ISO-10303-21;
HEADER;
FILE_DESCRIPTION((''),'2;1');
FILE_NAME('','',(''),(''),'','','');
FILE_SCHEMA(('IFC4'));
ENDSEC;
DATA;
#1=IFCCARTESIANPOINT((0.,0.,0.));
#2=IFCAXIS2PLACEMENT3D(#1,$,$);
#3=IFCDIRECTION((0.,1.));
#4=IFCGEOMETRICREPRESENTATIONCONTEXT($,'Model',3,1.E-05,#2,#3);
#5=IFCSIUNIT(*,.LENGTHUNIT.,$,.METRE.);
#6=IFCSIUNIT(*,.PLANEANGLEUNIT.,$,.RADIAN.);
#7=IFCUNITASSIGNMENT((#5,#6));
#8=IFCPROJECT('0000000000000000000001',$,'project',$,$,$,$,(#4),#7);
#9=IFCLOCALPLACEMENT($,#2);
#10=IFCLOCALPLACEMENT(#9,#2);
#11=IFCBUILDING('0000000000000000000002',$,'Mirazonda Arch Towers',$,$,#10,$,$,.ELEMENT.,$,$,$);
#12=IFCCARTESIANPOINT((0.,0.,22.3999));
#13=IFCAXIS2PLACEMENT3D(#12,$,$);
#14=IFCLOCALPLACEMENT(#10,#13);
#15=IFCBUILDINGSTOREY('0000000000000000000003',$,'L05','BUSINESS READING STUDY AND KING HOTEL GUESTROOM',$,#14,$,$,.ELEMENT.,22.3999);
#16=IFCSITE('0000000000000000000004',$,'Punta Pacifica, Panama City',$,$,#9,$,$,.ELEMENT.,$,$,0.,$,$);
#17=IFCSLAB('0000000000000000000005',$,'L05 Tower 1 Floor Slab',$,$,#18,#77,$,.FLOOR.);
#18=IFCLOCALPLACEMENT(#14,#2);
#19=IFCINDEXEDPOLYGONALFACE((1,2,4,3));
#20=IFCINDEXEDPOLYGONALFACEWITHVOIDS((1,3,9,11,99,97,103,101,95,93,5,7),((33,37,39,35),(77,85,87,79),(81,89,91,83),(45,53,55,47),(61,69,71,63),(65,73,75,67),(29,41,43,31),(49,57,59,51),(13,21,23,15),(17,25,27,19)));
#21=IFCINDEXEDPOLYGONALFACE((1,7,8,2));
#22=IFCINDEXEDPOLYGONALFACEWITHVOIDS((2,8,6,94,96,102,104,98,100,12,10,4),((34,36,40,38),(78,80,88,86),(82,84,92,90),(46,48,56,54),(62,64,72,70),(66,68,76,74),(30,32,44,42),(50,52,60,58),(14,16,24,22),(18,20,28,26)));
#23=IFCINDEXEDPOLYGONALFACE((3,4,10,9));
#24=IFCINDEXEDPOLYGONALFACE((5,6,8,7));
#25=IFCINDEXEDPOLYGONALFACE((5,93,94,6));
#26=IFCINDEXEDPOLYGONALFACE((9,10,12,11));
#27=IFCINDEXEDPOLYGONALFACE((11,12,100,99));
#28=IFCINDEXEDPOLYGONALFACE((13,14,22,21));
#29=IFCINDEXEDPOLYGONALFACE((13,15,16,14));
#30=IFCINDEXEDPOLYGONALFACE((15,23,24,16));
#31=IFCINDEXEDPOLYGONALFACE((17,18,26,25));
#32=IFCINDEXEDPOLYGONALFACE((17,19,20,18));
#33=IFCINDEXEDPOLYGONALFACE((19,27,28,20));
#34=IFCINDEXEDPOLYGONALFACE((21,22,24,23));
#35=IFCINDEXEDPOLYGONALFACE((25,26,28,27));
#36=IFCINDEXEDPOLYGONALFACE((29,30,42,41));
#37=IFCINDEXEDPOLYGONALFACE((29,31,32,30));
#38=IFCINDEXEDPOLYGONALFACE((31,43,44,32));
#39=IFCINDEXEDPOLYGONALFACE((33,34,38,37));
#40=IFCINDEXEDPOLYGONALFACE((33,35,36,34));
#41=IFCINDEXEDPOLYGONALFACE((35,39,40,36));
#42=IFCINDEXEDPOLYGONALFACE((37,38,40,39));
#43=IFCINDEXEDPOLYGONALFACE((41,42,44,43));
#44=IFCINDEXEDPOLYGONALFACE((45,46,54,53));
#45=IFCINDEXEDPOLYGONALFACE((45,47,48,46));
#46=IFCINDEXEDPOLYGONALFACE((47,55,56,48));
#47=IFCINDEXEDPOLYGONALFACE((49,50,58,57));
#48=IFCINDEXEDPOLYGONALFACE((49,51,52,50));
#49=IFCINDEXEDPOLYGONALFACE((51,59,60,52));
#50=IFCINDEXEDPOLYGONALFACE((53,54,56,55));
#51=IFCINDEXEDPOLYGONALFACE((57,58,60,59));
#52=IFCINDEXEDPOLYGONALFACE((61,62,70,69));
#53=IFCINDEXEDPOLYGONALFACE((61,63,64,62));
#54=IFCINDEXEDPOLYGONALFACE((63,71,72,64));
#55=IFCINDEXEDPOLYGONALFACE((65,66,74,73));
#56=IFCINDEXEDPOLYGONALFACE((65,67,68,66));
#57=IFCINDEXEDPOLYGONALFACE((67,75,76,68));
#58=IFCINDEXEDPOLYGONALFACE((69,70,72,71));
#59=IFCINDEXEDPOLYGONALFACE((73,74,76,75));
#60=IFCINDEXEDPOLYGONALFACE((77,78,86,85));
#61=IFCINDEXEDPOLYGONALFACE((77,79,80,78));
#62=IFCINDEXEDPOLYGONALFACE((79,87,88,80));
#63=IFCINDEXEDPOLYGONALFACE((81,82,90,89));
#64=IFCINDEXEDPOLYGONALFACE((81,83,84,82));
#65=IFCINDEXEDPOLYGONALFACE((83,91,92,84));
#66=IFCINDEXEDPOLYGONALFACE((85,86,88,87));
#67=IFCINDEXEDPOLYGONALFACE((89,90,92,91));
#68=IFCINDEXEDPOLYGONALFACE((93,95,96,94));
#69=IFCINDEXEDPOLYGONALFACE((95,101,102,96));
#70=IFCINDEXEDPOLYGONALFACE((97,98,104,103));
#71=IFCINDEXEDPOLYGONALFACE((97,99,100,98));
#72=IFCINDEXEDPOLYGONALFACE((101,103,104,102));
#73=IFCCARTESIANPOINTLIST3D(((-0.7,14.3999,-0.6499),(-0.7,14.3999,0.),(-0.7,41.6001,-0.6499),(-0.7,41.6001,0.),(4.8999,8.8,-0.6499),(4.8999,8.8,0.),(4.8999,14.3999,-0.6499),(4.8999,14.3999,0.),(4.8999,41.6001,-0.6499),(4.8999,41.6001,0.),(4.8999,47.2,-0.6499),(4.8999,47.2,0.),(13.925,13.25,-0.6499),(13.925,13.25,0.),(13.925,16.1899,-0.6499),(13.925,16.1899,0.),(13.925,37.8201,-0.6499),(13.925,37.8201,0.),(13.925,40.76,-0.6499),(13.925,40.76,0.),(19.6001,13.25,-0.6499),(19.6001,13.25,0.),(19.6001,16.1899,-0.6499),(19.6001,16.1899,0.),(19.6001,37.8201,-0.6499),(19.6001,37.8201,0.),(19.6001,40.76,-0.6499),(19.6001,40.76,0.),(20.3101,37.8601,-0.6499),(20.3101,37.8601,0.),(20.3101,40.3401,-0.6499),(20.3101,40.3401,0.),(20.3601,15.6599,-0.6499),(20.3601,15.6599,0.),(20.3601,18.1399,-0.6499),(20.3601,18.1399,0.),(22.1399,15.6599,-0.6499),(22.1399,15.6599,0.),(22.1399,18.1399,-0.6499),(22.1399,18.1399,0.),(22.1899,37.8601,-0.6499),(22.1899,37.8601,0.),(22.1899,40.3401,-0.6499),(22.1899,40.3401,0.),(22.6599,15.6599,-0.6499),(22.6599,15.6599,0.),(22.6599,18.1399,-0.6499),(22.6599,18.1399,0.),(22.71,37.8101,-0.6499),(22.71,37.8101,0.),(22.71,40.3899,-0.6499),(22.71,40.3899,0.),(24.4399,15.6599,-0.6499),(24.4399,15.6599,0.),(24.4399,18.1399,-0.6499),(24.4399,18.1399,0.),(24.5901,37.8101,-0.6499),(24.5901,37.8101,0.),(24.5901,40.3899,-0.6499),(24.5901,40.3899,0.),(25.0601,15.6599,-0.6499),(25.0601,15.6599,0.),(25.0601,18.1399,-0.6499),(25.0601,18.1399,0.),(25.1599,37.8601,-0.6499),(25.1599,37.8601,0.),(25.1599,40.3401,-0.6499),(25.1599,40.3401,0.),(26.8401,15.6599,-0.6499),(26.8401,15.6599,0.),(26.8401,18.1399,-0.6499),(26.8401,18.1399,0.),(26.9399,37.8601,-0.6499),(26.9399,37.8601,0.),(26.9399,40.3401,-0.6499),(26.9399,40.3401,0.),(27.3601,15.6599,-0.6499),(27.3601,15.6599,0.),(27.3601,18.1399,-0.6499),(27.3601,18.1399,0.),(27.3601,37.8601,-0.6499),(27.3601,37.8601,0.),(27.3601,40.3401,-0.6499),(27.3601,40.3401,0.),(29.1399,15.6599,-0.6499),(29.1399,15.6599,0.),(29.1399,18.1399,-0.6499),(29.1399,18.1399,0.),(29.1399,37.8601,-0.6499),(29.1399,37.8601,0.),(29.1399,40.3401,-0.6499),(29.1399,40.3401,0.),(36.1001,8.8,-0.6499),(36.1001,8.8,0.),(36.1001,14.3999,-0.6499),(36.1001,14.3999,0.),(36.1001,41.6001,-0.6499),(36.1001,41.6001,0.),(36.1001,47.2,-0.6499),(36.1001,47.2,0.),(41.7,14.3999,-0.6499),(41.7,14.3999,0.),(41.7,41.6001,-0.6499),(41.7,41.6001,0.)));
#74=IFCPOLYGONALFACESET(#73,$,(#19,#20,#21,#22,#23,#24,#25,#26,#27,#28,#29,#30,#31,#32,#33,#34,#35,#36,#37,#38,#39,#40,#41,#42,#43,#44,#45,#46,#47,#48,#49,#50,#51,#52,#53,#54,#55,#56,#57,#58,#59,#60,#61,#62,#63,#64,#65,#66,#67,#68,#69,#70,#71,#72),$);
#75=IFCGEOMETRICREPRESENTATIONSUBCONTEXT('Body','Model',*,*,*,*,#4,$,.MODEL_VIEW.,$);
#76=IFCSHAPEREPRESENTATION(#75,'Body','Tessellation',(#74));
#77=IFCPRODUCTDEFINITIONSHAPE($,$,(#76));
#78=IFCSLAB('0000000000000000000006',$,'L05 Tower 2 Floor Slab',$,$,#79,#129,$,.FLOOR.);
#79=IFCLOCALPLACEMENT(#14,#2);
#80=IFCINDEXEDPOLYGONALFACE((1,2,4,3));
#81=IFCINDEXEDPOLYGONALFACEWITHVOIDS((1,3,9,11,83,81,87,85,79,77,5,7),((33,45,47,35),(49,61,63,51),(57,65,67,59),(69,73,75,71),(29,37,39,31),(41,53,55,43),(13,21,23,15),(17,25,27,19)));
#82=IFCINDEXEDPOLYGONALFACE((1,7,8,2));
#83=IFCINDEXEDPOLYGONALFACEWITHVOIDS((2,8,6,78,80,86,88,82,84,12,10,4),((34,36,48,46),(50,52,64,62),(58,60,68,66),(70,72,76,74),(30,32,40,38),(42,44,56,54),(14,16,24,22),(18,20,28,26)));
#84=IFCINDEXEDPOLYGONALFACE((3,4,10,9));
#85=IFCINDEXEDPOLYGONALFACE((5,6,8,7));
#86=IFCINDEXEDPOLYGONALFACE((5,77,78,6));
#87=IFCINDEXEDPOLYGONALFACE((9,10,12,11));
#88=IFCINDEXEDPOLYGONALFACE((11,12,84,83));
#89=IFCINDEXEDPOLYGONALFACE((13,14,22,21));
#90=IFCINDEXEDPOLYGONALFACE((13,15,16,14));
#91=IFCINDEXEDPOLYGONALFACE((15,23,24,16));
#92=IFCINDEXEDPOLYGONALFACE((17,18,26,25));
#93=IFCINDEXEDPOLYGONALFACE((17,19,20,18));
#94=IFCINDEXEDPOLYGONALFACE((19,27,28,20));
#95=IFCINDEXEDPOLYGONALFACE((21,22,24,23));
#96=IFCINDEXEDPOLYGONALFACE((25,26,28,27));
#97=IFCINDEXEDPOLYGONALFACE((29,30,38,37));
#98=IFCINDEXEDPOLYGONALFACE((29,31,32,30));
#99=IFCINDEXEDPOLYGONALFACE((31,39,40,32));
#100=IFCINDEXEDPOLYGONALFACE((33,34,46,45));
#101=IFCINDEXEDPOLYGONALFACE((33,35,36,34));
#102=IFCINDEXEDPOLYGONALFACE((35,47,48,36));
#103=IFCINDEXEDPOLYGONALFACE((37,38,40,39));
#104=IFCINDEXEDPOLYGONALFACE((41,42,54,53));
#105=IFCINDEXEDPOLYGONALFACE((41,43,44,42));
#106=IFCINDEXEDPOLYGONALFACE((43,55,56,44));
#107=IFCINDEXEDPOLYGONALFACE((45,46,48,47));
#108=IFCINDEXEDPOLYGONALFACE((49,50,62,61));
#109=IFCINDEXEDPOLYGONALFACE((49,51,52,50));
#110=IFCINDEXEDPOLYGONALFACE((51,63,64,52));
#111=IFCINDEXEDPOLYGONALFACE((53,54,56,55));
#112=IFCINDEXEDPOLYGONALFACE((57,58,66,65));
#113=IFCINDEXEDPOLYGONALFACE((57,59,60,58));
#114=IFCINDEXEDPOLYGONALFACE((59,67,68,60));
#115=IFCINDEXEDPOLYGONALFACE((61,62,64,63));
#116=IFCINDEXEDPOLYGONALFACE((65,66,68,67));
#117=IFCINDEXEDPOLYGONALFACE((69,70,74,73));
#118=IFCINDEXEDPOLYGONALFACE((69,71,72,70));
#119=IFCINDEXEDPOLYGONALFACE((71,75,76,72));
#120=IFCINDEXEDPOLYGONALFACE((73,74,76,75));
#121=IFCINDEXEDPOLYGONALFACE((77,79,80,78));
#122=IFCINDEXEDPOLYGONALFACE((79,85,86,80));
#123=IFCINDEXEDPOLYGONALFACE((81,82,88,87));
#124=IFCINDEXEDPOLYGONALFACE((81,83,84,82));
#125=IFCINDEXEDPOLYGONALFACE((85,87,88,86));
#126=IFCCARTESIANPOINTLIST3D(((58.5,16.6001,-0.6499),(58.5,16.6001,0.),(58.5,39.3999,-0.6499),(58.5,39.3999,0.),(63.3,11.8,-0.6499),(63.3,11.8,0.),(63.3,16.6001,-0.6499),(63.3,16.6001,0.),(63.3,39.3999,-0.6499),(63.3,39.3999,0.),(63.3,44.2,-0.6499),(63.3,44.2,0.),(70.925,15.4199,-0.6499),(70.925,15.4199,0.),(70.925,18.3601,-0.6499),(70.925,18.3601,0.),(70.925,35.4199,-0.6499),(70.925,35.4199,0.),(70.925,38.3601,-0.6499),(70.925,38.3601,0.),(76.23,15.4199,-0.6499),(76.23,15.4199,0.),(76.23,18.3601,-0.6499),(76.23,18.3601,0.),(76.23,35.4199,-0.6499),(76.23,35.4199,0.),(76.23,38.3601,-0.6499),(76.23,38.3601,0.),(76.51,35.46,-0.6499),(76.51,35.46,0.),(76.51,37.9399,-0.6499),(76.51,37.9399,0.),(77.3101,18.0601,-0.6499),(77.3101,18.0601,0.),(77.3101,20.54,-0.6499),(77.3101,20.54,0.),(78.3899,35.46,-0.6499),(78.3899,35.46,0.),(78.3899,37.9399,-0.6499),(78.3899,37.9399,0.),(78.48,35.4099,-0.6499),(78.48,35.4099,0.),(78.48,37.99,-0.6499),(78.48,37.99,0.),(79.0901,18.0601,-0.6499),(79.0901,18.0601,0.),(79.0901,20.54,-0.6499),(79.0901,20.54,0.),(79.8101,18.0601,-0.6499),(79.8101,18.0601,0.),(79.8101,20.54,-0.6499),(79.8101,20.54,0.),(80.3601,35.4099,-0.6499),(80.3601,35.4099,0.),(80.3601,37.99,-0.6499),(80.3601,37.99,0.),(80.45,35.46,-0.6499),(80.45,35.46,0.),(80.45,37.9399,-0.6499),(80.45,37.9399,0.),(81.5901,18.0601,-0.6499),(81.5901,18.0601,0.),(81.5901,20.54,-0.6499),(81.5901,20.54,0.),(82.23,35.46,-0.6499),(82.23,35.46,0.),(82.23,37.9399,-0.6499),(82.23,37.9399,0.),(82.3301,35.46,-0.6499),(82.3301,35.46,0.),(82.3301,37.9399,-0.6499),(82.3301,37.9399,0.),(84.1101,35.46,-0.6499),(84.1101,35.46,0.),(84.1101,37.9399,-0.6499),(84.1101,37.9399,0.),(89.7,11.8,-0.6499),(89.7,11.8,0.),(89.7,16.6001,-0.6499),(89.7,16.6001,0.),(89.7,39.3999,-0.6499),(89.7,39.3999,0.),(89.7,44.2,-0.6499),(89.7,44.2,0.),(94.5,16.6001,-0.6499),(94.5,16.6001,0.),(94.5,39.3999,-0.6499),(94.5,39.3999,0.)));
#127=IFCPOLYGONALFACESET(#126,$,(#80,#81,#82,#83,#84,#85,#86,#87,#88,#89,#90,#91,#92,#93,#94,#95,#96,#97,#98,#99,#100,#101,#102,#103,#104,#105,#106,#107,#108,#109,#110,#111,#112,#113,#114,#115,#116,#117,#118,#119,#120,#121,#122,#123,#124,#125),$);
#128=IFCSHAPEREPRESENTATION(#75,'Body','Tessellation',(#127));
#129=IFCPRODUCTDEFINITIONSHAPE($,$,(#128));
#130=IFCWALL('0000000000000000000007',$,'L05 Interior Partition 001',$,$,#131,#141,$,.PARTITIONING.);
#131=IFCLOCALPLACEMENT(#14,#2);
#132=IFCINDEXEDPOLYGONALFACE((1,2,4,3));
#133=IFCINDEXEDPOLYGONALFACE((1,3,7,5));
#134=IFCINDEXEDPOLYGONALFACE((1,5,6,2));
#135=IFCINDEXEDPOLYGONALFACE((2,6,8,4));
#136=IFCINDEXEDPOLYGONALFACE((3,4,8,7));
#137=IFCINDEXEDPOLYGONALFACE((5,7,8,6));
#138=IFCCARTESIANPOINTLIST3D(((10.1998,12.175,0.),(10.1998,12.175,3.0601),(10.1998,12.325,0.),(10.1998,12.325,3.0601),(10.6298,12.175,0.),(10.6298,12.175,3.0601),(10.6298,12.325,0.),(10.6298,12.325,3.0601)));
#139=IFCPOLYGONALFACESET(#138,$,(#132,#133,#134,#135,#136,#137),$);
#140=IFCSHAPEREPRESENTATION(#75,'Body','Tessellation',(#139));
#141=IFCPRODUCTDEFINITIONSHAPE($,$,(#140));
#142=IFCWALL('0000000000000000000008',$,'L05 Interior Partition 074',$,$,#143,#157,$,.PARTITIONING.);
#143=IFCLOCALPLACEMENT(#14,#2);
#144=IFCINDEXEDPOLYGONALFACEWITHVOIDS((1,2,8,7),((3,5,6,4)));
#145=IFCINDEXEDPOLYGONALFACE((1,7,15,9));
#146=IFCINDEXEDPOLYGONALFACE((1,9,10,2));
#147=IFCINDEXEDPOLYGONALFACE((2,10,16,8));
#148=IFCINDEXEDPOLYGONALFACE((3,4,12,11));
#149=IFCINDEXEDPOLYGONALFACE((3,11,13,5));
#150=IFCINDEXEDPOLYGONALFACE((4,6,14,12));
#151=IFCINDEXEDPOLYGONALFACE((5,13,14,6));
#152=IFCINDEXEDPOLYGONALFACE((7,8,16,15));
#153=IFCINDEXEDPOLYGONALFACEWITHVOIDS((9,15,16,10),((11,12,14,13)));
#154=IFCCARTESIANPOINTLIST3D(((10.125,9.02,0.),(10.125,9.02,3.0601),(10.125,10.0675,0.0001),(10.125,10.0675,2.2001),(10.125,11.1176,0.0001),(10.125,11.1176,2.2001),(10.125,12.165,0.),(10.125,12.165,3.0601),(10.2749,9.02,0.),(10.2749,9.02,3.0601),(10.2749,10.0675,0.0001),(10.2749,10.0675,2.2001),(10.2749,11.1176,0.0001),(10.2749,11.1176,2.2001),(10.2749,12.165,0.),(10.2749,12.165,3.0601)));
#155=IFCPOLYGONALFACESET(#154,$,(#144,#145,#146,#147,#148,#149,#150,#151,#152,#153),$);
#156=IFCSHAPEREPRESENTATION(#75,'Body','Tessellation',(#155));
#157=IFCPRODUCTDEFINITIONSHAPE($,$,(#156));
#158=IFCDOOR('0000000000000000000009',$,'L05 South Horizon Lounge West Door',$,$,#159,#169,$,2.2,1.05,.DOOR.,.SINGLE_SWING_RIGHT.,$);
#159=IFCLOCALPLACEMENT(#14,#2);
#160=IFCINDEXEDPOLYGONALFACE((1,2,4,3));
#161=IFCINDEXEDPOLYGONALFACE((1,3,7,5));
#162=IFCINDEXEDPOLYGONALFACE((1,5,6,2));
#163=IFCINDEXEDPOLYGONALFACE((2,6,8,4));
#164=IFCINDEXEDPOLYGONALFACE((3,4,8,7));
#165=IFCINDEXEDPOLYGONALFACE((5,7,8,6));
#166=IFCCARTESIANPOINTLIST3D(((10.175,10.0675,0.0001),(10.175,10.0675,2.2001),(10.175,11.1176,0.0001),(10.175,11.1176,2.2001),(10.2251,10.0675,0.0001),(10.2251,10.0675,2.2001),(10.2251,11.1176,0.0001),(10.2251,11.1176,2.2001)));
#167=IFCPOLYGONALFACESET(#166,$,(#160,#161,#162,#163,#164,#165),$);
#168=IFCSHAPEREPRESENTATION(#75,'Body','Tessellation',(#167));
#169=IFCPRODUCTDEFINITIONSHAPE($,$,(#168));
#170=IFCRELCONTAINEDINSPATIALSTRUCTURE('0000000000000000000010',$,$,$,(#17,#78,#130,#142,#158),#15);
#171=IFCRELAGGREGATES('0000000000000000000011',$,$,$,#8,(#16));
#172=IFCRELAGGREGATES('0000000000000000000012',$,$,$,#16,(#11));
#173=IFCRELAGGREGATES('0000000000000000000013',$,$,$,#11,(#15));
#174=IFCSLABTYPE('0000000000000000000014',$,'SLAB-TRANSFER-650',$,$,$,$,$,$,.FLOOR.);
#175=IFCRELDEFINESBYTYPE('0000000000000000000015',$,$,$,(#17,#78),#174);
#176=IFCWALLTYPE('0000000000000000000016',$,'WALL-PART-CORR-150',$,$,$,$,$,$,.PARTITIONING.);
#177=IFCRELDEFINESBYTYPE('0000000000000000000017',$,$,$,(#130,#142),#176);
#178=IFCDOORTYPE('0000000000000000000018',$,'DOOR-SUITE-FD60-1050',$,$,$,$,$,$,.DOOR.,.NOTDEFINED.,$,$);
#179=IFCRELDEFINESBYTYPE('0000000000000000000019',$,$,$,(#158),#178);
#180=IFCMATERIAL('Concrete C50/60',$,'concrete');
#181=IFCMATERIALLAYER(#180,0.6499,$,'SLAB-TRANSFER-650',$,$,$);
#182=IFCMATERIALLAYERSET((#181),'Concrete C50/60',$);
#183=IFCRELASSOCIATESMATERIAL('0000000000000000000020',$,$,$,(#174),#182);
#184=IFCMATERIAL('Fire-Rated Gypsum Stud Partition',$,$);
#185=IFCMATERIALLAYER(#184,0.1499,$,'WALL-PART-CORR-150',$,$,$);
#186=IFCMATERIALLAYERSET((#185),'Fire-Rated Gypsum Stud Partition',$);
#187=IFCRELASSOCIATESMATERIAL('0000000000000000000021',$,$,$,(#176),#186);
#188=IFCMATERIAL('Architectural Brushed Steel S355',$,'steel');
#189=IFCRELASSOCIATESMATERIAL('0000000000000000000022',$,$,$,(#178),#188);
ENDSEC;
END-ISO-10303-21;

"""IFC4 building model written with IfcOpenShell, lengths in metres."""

from ifc_helpers import new_model, si_unit, direction, frame, frame_2d, origin, place, context, subcontext, project, spatial, polyline, rectangle, outline, extrude, material, layer, layer_set, type_object, element, fill, save


model = new_model("IFC4")

# Units and contexts
model_context = context("Model", 3, precision=1e-05, world=origin(), true_north=direction((0.0, 1.0)))
body_context = subcontext(model_context, "Body", "Model", "MODEL_VIEW")
ifc_project = project(units=[si_unit("LENGTHUNIT", "METRE"), si_unit("PLANEANGLEUNIT", "RADIAN")], contexts=[model_context])

# Site, building, storey
site_placement = place(None, origin())
site = spatial("IfcSite", under=ifc_project, at=site_placement, Name="Punta Pacifica, Panama City", CompositionType="ELEMENT", RefElevation=0.0)
building_placement = place(site_placement, origin())
building = spatial("IfcBuilding", under=site, at=building_placement, Name="Mirazonda Arch Towers", CompositionType="ELEMENT")
storey_placement = place(building_placement, frame((0.0, 0.0, 22.3999)))
storey = spatial("IfcBuildingStorey", under=building, at=storey_placement, Name="L05", Description="BUSINESS READING STUDY AND KING HOTEL GUESTROOM", CompositionType="ELEMENT", Elevation=22.3999)

# Slabs
ifc_material_1 = material(Name="Concrete C50/60", Category="concrete")
ifc_layer_1 = layer(ifc_material_1, 0.6499, Name="SLAB-TRANSFER-650")
ifc_layer_set_1 = layer_set([ifc_layer_1], Name="Concrete C50/60")
slab_type_1 = type_object("IfcSlabType", Name="SLAB-TRANSFER-650", PredefinedType="FLOOR", material=ifc_layer_set_1)
slab_1_placement = place(storey_placement, frame((0.0, 0.0, -0.6499)))
element("IfcSlab", 1, at=slab_1_placement, inside=storey, type_object=slab_type_1, Name="L05 Tower 1 Floor Slab", PredefinedType="FLOOR", context=body_context, shape_type="SweptSolid", body=[
    extrude(outline(polyline([(4.8999, 8.8), (36.1001, 8.8), (36.1001, 14.3999), (41.7, 14.3999), (41.7, 41.6001), (36.1001, 41.6001), (36.1001, 47.2), (4.8999, 47.2), (4.8999, 41.6001), (-0.7, 41.6001), (-0.7, 14.3999), (4.8999, 14.3999), (4.8999, 8.8)]), holes=[polyline([(29.1399, 18.1399), (29.1399, 15.6599), (27.3601, 15.6599), (27.3601, 18.1399), (29.1399, 18.1399)]), polyline([(29.1399, 40.3401), (29.1399, 37.8601), (27.3601, 37.8601), (27.3601, 40.3401), (29.1399, 40.3401)]), polyline([(25.1599, 40.3401), (26.9399, 40.3401), (26.9399, 37.8601), (25.1599, 37.8601), (25.1599, 40.3401)]), polyline([(26.8401, 18.1399), (26.8401, 15.6599), (25.0601, 15.6599), (25.0601, 18.1399), (26.8401, 18.1399)]), polyline([(22.71, 40.3899), (24.5901, 40.3899), (24.5901, 37.8101), (22.71, 37.8101), (22.71, 40.3899)]), polyline([(22.6599, 18.1399), (24.4399, 18.1399), (24.4399, 15.6599), (22.6599, 15.6599), (22.6599, 18.1399)]), polyline([(20.3101, 40.3401), (22.1899, 40.3401), (22.1899, 37.8601), (20.3101, 37.8601), (20.3101, 40.3401)]), polyline([(20.3601, 18.1399), (22.1399, 18.1399), (22.1399, 15.6599), (20.3601, 15.6599), (20.3601, 18.1399)]), polyline([(13.925, 40.76), (19.6001, 40.76), (19.6001, 37.8201), (13.925, 37.8201), (13.925, 40.76)]), polyline([(13.925, 13.25), (13.925, 16.1899), (19.6001, 16.1899), (19.6001, 13.25), (13.925, 13.25)])]), origin(), (0.0, 0.0, 1.0), 0.6499),
])
slab_2_placement = place(storey_placement, frame((0.0, 0.0, -0.6499)))
element("IfcSlab", 2, at=slab_2_placement, inside=storey, type_object=slab_type_1, Name="L05 Tower 2 Floor Slab", PredefinedType="FLOOR", context=body_context, shape_type="SweptSolid", body=[
    extrude(outline(polyline([(63.3, 11.8), (89.7, 11.8), (89.7, 16.6001), (94.5, 16.6001), (94.5, 39.3999), (89.7, 39.3999), (89.7, 44.2), (63.3, 44.2), (63.3, 39.3999), (58.5, 39.3999), (58.5, 16.6001), (63.3, 16.6001), (63.3, 11.8)]), holes=[polyline([(82.3301, 37.9399), (84.1101, 37.9399), (84.1101, 35.46), (82.3301, 35.46), (82.3301, 37.9399)]), polyline([(80.45, 37.9399), (82.23, 37.9399), (82.23, 35.46), (80.45, 35.46), (80.45, 37.9399)]), polyline([(79.8101, 20.54), (81.5901, 20.54), (81.5901, 18.0601), (79.8101, 18.0601), (79.8101, 20.54)]), polyline([(78.48, 37.99), (80.3601, 37.99), (80.3601, 35.4099), (78.48, 35.4099), (78.48, 37.99)]), polyline([(77.3101, 20.54), (79.0901, 20.54), (79.0901, 18.0601), (77.3101, 18.0601), (77.3101, 20.54)]), polyline([(76.51, 37.9399), (78.3899, 37.9399), (78.3899, 35.46), (76.51, 35.46), (76.51, 37.9399)]), polyline([(70.925, 15.4199), (70.925, 18.3601), (76.23, 18.3601), (76.23, 15.4199), (70.925, 15.4199)]), polyline([(70.925, 35.4199), (70.925, 38.3601), (76.23, 38.3601), (76.23, 35.4199), (70.925, 35.4199)])]), origin(), (0.0, 0.0, 1.0), 0.6499),
])

# Wall
ifc_material_2 = material(Name="Fire-Rated Gypsum Stud Partition")
ifc_layer_2 = layer(ifc_material_2, 0.1499, Name="WALL-PART-CORR-150")
ifc_layer_set_2 = layer_set([ifc_layer_2], Name="Fire-Rated Gypsum Stud Partition")
wall_type_1 = type_object("IfcWallType", Name="WALL-PART-CORR-150", PredefinedType="PARTITIONING", material=ifc_layer_set_2)
wall_1_placement = place(storey_placement, frame((10.2, 12.25, 0.0), z_axis=(0.0, 0.0, 1.0), x_axis=(1.0, 0.0, 0.0)))
element("IfcWall", 3, at=wall_1_placement, inside=storey, type_object=wall_type_1, Name="L05 Interior Partition 001", PredefinedType="PARTITIONING", context=body_context, shape_type="SweptSolid", body=[
    extrude(rectangle(XDim=0.4299, YDim=0.1499, at=frame_2d((0.2148, 0.0))), origin(), (0.0, 0.0, 1.0), 3.0601),
])

# Wall, opening, door
wall_2_placement = place(storey_placement, frame((10.2, 9.02, 0.0), z_axis=(0.0, 0.0, 1.0), x_axis=(0.0, 1.0, 0.0)))
wall_2 = element("IfcWall", 4, at=wall_2_placement, inside=storey, type_object=wall_type_1, Name="L05 Interior Partition 074", PredefinedType="PARTITIONING", context=body_context, shape_type="SweptSolid", body=[
    extrude(rectangle(XDim=3.145, YDim=0.1499, at=frame_2d((1.5725, 0.0))), origin(), (0.0, 0.0, 1.0), 3.0601),
])
opening_1_placement = place(wall_2_placement, frame((1.0476, 0.0, 0.0)))
opening_1 = element("IfcOpeningElement", 5, at=opening_1_placement, cuts=wall_2, PredefinedType="OPENING", context=body_context, shape_type="SweptSolid", body=[
    extrude(rectangle(XDim=1.05, YDim=2.2, at=frame_2d((0.5249, 1.1001))), frame((0.0, 0.085, 0.0), z_axis=(0.0, -1.0, 0.0), x_axis=(1.0, 0.0, 0.0)), (0.0, 0.0, 1.0), 0.1699),
])
ifc_material_3 = material(Name="Architectural Brushed Steel S355", Category="steel")
door_type_1 = type_object("IfcDoorType", Name="DOOR-SUITE-FD60-1050", OperationType="NOTDEFINED", PredefinedType="DOOR", material=ifc_material_3)
door_1_placement = place(opening_1_placement, origin())
door_1 = element("IfcDoor", 6, at=door_1_placement, inside=storey, type_object=door_type_1, Name="L05 South Horizon Lounge West Door", OperationType="SINGLE_SWING_RIGHT", OverallHeight=2.2, OverallWidth=1.05, PredefinedType="DOOR", context=body_context, shape_type="SweptSolid", body=[
    extrude(rectangle(XDim=1.05, YDim=2.2, at=frame_2d((0.5249, 1.1001))), frame((0.0, 0.0249, 0.0), z_axis=(0.0, -1.0, 0.0), x_axis=(1.0, 0.0, 0.0)), (0.0, 0.0, 1.0), 0.05),
])
fill(opening_1, door_1)

save(model, "model.ifc")
